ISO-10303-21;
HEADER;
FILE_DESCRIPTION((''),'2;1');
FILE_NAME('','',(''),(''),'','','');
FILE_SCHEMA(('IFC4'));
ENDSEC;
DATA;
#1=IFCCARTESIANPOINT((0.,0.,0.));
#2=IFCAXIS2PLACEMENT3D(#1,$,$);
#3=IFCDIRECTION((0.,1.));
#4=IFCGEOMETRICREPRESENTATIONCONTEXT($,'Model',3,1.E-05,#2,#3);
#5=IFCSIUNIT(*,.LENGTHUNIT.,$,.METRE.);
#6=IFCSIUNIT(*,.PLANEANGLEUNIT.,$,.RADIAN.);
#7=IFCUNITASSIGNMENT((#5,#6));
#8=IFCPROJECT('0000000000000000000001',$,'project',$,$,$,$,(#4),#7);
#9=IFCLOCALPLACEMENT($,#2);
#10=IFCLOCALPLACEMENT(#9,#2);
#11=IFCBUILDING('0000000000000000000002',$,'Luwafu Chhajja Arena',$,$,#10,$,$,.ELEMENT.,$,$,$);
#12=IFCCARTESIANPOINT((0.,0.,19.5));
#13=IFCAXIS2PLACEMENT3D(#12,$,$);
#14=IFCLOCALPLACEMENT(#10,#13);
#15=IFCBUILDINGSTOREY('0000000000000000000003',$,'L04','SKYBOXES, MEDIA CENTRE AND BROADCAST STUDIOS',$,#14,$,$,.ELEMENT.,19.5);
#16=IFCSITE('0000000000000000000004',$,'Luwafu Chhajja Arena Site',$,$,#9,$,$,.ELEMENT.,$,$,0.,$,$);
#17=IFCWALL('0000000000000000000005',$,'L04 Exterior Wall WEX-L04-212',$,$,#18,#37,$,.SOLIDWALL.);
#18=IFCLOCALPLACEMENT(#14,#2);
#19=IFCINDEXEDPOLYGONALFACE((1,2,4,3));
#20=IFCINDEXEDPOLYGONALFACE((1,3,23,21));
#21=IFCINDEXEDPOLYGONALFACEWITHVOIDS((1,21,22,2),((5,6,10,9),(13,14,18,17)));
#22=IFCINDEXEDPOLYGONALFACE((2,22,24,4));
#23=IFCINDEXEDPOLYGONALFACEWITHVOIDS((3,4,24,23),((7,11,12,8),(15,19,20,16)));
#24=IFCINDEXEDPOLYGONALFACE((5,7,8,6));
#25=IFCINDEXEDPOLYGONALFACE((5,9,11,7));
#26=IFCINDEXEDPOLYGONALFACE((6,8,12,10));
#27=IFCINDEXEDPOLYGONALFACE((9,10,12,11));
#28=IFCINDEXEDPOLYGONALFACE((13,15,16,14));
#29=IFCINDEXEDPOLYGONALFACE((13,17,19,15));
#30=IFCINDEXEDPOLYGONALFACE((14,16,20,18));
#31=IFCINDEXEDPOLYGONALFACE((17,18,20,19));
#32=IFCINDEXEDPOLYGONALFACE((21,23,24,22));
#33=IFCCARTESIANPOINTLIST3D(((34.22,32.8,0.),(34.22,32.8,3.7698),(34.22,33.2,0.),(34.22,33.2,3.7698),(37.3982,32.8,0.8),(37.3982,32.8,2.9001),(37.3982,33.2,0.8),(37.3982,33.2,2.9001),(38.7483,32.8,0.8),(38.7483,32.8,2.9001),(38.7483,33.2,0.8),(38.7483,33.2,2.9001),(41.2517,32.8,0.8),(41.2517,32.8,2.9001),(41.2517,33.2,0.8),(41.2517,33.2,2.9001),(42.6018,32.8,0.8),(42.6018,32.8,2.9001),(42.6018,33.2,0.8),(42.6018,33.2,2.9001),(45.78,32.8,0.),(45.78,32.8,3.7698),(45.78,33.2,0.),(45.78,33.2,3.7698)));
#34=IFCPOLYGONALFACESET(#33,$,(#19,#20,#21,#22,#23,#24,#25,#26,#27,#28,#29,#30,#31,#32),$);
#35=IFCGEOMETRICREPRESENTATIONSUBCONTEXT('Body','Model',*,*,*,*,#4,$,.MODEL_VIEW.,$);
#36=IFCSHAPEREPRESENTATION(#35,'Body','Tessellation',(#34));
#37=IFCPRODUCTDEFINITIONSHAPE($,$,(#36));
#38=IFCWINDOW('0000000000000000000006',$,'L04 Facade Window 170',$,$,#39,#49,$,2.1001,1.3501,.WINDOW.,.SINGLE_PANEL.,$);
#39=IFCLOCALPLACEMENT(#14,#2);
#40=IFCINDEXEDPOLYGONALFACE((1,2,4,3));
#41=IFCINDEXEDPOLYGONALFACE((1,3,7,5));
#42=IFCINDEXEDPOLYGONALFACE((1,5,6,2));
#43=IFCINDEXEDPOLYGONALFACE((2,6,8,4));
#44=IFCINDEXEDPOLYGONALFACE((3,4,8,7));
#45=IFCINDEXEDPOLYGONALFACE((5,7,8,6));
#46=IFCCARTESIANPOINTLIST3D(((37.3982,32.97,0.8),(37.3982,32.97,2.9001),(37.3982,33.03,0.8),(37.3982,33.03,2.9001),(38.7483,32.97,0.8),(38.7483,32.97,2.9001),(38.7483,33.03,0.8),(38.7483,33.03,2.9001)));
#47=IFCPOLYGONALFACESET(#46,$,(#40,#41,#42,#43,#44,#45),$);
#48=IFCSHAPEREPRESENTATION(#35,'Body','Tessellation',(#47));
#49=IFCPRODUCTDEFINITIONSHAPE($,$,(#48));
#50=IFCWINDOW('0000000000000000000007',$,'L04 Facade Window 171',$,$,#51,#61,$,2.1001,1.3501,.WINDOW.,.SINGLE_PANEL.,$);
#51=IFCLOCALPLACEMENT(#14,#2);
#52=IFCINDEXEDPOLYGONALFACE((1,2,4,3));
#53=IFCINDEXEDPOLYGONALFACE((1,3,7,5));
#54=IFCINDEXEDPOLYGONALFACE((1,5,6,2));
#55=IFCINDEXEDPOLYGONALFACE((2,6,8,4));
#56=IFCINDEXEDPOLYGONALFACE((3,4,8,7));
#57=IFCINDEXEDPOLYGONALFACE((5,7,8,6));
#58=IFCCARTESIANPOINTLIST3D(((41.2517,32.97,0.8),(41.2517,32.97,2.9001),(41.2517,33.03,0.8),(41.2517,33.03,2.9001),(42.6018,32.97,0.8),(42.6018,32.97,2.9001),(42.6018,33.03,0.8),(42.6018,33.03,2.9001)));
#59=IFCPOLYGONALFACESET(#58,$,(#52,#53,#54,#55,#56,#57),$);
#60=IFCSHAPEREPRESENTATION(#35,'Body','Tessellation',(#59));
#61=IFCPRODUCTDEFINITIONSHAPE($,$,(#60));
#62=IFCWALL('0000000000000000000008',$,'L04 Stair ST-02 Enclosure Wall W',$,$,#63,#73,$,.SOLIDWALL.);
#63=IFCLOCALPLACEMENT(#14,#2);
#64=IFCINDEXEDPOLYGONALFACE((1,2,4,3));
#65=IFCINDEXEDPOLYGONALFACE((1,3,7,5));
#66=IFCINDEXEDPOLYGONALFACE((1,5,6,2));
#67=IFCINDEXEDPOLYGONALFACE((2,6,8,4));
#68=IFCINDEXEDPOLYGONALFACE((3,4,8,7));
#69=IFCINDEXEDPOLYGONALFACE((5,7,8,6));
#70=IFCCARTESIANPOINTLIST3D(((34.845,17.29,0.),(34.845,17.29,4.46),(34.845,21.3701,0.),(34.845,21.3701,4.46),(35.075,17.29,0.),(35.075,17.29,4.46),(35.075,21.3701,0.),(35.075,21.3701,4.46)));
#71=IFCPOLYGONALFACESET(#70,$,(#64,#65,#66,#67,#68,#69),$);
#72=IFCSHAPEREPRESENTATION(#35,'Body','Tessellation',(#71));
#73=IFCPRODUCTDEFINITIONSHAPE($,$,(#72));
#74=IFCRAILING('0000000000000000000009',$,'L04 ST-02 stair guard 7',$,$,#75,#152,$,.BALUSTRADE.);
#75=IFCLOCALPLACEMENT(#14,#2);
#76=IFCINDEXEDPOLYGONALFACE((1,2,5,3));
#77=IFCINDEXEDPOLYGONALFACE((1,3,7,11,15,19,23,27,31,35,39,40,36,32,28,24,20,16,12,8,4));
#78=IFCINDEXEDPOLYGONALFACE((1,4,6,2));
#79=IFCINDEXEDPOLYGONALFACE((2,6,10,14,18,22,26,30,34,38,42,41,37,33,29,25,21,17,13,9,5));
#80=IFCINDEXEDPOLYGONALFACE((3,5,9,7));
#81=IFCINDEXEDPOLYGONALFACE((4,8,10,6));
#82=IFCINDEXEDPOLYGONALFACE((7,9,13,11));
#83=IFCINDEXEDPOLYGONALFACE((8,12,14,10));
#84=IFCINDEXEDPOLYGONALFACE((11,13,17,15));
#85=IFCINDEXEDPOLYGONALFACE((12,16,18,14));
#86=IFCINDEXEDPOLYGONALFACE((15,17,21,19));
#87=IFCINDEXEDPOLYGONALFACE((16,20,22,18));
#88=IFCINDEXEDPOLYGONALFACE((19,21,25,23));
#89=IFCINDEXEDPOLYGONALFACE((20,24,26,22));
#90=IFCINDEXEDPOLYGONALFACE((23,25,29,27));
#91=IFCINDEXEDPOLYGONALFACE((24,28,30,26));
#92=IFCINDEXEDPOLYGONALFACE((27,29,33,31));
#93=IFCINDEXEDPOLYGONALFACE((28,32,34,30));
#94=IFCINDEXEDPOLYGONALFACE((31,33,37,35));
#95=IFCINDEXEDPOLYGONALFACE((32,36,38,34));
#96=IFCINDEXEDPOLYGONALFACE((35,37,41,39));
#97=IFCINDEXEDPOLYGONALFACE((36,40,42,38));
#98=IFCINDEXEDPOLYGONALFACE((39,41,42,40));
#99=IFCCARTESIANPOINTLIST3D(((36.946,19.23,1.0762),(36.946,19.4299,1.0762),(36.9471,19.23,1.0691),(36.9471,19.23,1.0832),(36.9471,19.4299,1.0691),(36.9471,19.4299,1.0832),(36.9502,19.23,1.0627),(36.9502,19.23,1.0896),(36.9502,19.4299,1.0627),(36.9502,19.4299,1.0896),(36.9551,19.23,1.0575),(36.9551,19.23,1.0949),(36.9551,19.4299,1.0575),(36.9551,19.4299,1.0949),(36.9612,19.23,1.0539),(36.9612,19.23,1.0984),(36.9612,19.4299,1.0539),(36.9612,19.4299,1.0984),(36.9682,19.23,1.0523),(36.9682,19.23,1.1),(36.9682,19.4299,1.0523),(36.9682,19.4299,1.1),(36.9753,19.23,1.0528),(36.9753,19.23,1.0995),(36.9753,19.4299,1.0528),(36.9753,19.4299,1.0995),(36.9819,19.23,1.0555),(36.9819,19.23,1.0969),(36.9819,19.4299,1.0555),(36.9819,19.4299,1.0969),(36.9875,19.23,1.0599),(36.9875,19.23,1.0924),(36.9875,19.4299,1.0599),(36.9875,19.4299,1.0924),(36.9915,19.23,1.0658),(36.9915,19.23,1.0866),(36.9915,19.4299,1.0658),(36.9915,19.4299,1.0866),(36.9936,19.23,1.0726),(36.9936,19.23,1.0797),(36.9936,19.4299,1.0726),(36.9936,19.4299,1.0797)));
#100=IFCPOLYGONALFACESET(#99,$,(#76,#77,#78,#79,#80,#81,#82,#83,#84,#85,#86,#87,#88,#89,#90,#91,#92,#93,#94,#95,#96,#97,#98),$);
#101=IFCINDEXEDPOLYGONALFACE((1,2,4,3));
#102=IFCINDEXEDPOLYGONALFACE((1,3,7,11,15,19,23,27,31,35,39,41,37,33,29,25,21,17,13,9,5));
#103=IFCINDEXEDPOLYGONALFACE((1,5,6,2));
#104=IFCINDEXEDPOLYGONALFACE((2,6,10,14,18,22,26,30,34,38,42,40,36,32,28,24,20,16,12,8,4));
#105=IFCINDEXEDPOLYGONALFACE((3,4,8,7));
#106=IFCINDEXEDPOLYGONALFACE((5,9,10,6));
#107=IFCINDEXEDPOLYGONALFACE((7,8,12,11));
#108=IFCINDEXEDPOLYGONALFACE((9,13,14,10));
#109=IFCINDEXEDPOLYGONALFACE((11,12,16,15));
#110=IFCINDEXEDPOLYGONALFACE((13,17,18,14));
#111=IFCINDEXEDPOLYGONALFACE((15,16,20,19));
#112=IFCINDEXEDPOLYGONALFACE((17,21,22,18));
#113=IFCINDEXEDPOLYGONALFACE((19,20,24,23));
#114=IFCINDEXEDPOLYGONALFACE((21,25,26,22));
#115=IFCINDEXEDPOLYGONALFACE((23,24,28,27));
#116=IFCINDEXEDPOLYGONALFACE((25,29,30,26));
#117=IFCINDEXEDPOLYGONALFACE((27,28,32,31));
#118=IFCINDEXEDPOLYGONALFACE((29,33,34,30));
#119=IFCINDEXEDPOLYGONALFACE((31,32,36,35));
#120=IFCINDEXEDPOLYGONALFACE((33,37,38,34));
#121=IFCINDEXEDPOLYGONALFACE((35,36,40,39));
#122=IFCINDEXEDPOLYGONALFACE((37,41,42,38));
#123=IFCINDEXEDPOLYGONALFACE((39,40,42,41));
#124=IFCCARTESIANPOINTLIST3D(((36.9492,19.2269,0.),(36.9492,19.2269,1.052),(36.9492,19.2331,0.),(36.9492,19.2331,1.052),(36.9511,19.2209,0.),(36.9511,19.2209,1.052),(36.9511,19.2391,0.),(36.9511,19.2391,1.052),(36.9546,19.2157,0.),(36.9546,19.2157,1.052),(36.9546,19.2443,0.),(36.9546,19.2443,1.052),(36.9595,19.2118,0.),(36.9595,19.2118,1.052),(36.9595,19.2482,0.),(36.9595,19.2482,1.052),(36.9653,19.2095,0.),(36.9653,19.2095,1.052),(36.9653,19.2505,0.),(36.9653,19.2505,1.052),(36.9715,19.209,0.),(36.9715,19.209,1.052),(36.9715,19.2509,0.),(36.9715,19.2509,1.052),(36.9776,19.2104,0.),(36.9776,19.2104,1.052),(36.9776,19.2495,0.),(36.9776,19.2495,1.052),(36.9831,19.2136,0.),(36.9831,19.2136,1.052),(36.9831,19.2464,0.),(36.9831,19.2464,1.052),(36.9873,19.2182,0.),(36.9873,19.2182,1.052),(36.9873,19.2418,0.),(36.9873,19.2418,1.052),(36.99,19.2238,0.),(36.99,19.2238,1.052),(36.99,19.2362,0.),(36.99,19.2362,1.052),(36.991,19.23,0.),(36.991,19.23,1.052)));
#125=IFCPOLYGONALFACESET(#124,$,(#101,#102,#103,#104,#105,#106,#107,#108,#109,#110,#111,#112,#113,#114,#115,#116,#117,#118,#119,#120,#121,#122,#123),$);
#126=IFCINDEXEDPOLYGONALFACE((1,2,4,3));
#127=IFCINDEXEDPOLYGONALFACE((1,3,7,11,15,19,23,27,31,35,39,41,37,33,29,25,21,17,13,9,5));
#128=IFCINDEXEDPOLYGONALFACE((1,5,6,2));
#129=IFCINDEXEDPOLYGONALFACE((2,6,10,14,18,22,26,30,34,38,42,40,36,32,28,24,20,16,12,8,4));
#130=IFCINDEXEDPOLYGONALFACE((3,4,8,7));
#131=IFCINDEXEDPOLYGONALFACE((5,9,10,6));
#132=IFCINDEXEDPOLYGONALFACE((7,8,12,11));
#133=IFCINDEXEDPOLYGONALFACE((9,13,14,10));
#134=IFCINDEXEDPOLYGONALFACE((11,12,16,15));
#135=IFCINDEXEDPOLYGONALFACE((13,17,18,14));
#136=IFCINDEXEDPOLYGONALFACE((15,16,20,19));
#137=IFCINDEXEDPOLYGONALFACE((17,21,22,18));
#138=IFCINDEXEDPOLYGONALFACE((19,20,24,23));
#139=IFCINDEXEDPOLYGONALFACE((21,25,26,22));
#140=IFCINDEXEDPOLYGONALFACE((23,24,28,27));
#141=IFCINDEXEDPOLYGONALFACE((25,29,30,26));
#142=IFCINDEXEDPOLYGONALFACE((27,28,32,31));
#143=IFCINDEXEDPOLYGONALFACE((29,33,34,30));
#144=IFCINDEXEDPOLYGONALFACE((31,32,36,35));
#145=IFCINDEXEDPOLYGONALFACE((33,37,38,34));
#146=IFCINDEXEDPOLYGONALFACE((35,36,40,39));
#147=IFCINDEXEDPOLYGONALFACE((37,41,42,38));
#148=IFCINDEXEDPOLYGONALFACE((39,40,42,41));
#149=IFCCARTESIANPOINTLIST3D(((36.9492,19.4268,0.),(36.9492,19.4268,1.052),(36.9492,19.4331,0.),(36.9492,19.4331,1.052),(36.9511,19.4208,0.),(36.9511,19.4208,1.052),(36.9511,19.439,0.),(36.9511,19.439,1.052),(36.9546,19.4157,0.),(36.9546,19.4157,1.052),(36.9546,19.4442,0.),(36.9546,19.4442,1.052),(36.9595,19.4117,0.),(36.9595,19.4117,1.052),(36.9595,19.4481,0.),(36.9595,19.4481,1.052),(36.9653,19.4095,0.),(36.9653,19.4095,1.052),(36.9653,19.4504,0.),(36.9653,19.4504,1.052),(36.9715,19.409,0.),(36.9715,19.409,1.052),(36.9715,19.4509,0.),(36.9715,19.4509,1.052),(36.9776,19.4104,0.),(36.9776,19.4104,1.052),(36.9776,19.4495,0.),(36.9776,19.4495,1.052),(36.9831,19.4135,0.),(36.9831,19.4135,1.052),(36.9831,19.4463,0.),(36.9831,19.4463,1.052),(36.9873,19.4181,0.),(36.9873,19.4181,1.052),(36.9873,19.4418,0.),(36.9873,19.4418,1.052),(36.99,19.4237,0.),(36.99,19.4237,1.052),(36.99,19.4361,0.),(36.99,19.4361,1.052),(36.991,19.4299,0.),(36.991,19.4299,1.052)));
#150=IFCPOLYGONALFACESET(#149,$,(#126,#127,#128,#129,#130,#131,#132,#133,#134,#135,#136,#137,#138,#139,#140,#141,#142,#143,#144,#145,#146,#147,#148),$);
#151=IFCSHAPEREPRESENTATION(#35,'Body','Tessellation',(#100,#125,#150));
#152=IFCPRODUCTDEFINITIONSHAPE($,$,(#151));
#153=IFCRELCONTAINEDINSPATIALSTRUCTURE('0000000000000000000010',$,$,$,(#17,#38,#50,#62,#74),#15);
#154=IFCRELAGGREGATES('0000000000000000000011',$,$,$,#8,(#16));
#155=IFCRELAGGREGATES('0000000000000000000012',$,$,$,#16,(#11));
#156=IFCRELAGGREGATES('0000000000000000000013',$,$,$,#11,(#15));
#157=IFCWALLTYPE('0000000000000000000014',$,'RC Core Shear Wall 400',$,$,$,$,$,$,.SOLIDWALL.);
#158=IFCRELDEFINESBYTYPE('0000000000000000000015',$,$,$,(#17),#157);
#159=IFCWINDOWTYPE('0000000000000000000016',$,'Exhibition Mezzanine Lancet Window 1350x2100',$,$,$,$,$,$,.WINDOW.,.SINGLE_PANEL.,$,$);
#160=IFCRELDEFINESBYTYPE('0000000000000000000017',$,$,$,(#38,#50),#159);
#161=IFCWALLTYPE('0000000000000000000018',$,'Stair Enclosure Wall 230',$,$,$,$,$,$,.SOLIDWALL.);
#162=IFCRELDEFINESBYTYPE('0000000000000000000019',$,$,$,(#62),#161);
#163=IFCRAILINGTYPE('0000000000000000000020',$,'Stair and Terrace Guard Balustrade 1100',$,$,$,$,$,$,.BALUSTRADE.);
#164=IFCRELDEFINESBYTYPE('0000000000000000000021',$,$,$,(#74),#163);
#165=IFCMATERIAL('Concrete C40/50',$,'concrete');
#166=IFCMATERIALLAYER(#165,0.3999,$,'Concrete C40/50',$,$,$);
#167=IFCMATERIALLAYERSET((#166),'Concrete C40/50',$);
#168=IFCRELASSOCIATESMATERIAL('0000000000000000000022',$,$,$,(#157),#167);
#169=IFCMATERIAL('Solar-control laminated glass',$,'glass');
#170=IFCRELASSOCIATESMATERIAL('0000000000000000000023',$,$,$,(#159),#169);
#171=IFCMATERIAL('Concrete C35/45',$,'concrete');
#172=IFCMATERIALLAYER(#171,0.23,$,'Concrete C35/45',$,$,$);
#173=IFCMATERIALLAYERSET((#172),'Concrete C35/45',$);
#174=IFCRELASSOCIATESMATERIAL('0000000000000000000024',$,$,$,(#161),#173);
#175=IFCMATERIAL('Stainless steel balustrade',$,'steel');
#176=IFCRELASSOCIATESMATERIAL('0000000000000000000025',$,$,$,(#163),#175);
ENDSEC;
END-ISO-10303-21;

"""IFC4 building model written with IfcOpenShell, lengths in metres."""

from ifc_helpers import new_model, si_unit, direction, frame, frame_2d, origin, origin_2d, place, context, subcontext, project, spatial, rectangle, circle, extrude, material, layer, layer_set, type_object, element, fill, save


model = new_model("IFC4")

# Units and contexts
model_context = context("Model", 3, precision=1e-05, world=origin(), true_north=direction((0.0, 1.0)))
body_context = subcontext(model_context, "Body", "Model", "MODEL_VIEW")
ifc_project = project(units=[si_unit("LENGTHUNIT", "METRE"), si_unit("PLANEANGLEUNIT", "RADIAN")], contexts=[model_context])

# Site, building, storey
site_placement = place(None, origin())
site = spatial("IfcSite", under=ifc_project, at=site_placement, Name="Luwafu Chhajja Arena Site", CompositionType="ELEMENT", RefElevation=0.0)
building_placement = place(site_placement, origin())
building = spatial("IfcBuilding", under=site, at=building_placement, Name="Luwafu Chhajja Arena", CompositionType="ELEMENT")
storey_placement = place(building_placement, frame((0.0, 0.0, 19.5)))
storey = spatial("IfcBuildingStorey", under=building, at=storey_placement, Name="L04", Description="SKYBOXES, MEDIA CENTRE AND BROADCAST STUDIOS", CompositionType="ELEMENT", Elevation=19.5)

# Shared definitions
ifc_material_1 = material(Name="Concrete C40/50", Category="concrete")

# Shared definitions
ifc_material_2 = material(Name="Concrete C35/45", Category="concrete")

# Wall, openings, windows
ifc_layer_1 = layer(ifc_material_1, 0.3999, Name="Concrete C40/50")
ifc_layer_set_1 = layer_set([ifc_layer_1], Name="Concrete C40/50")
wall_type_1 = type_object("IfcWallType", Name="RC Core Shear Wall 400", PredefinedType="SOLIDWALL", material=ifc_layer_set_1)
wall_1_placement = place(storey_placement, frame((34.22, 33.0, 0.0), z_axis=(0.0, 0.0, 1.0), x_axis=(1.0, 0.0, 0.0)))
wall_1 = element("IfcWall", 1, at=wall_1_placement, inside=storey, type_object=wall_type_1, Name="L04 Exterior Wall WEX-L04-212", PredefinedType="SOLIDWALL", context=body_context, shape_type="SweptSolid", body=[
    extrude(rectangle(XDim=11.5601, YDim=0.3999, at=frame_2d((5.78, 0.0))), origin(), (0.0, 0.0, 1.0), 3.7698),
])
opening_1_placement = place(wall_1_placement, frame((3.1782, 0.0, 0.8)))
opening_1 = element("IfcOpeningElement", 2, at=opening_1_placement, cuts=wall_1, PredefinedType="OPENING", context=body_context, shape_type="SweptSolid", body=[
    extrude(rectangle(XDim=1.3501, YDim=2.1001, at=frame_2d((0.675, 1.05))), frame((0.0, 0.21, 0.0), z_axis=(0.0, -1.0, 0.0), x_axis=(1.0, 0.0, 0.0)), (0.0, 0.0, 1.0), 0.4199),
])
opening_2_placement = place(wall_1_placement, frame((7.0317, 0.0, 0.8)))
opening_2 = element("IfcOpeningElement", 3, at=opening_2_placement, cuts=wall_1, PredefinedType="OPENING", context=body_context, shape_type="SweptSolid", body=[
    extrude(rectangle(XDim=1.3501, YDim=2.1001, at=frame_2d((0.675, 1.05))), frame((0.0, 0.21, 0.0), z_axis=(0.0, -1.0, 0.0), x_axis=(1.0, 0.0, 0.0)), (0.0, 0.0, 1.0), 0.4199),
])
ifc_material_3 = material(Name="Solar-control laminated glass", Category="glass")
window_type = type_object("IfcWindowType", Name="Exhibition Mezzanine Lancet Window 1350x2100", PartitioningType="SINGLE_PANEL", PredefinedType="WINDOW", material=ifc_material_3)
window_1_placement = place(opening_1_placement, origin())
window_1 = element("IfcWindow", 4, at=window_1_placement, inside=storey, type_object=window_type, Name="L04 Facade Window 170", OverallHeight=2.1001, OverallWidth=1.3501, PartitioningType="SINGLE_PANEL", PredefinedType="WINDOW", context=body_context, shape_type="SweptSolid", body=[
    extrude(rectangle(XDim=1.3501, YDim=2.1001, at=frame_2d((0.675, 1.05))), frame((0.0, 0.03, 0.0), z_axis=(0.0, -1.0, 0.0), x_axis=(1.0, 0.0, 0.0)), (0.0, 0.0, 1.0), 0.0601),
])
fill(opening_1, window_1)
window_2_placement = place(opening_2_placement, origin())
window_2 = element("IfcWindow", 5, at=window_2_placement, inside=storey, type_object=window_type, Name="L04 Facade Window 171", OverallHeight=2.1001, OverallWidth=1.3501, PartitioningType="SINGLE_PANEL", PredefinedType="WINDOW", context=body_context, shape_type="SweptSolid", body=[
    extrude(rectangle(XDim=1.3501, YDim=2.1001, at=frame_2d((0.675, 1.05))), frame((0.0, 0.03, 0.0), z_axis=(0.0, -1.0, 0.0), x_axis=(1.0, 0.0, 0.0)), (0.0, 0.0, 1.0), 0.0601),
])
fill(opening_2, window_2)

# Wall
ifc_layer_2 = layer(ifc_material_2, 0.23, Name="Concrete C35/45")
ifc_layer_set_2 = layer_set([ifc_layer_2], Name="Concrete C35/45")
wall_type_2 = type_object("IfcWallType", Name="Stair Enclosure Wall 230", PredefinedType="SOLIDWALL", material=ifc_layer_set_2)
wall_2_placement = place(storey_placement, frame((34.96, 17.29, 0.0), z_axis=(0.0, 0.0, 1.0), x_axis=(0.0, 1.0, 0.0)))
element("IfcWall", 6, at=wall_2_placement, inside=storey, type_object=wall_type_2, Name="L04 Stair ST-02 Enclosure Wall W", PredefinedType="SOLIDWALL", context=body_context, shape_type="SweptSolid", body=[
    extrude(rectangle(XDim=4.0801, YDim=0.23, at=frame_2d((2.04, 0.0))), origin(), (0.0, 0.0, 1.0), 4.46),
])

# Railing
ifc_material_4 = material(Name="Stainless steel balustrade", Category="steel")
railing_type = type_object("IfcRailingType", Name="Stair and Terrace Guard Balustrade 1100", PredefinedType="BALUSTRADE", material=ifc_material_4)
railing_1_placement = place(storey_placement, frame((36.97, 19.23, 0.0)))
element("IfcRailing", 7, at=railing_1_placement, inside=storey, type_object=railing_type, Name="L04 ST-02 stair guard 7", PredefinedType="BALUSTRADE", context=body_context, shape_type="SweptSolid", body=[
    extrude(circle(Radius=0.0239, at=origin_2d()), frame((0.0, 0.0, 1.0762), z_axis=(0.0, 1.0, 0.0), x_axis=(-1.0, 0.0, 0.0)), (0.0, 0.0, 1.0), 0.2),
    extrude(circle(Radius=0.021, at=origin_2d()), origin(), (0.0, 0.0, 1.0), 1.052),
    extrude(circle(Radius=0.021, at=origin_2d()), frame((0.0, 0.2, 0.0)), (0.0, 0.0, 1.0), 1.052),
])

save(model, "model.ifc")
